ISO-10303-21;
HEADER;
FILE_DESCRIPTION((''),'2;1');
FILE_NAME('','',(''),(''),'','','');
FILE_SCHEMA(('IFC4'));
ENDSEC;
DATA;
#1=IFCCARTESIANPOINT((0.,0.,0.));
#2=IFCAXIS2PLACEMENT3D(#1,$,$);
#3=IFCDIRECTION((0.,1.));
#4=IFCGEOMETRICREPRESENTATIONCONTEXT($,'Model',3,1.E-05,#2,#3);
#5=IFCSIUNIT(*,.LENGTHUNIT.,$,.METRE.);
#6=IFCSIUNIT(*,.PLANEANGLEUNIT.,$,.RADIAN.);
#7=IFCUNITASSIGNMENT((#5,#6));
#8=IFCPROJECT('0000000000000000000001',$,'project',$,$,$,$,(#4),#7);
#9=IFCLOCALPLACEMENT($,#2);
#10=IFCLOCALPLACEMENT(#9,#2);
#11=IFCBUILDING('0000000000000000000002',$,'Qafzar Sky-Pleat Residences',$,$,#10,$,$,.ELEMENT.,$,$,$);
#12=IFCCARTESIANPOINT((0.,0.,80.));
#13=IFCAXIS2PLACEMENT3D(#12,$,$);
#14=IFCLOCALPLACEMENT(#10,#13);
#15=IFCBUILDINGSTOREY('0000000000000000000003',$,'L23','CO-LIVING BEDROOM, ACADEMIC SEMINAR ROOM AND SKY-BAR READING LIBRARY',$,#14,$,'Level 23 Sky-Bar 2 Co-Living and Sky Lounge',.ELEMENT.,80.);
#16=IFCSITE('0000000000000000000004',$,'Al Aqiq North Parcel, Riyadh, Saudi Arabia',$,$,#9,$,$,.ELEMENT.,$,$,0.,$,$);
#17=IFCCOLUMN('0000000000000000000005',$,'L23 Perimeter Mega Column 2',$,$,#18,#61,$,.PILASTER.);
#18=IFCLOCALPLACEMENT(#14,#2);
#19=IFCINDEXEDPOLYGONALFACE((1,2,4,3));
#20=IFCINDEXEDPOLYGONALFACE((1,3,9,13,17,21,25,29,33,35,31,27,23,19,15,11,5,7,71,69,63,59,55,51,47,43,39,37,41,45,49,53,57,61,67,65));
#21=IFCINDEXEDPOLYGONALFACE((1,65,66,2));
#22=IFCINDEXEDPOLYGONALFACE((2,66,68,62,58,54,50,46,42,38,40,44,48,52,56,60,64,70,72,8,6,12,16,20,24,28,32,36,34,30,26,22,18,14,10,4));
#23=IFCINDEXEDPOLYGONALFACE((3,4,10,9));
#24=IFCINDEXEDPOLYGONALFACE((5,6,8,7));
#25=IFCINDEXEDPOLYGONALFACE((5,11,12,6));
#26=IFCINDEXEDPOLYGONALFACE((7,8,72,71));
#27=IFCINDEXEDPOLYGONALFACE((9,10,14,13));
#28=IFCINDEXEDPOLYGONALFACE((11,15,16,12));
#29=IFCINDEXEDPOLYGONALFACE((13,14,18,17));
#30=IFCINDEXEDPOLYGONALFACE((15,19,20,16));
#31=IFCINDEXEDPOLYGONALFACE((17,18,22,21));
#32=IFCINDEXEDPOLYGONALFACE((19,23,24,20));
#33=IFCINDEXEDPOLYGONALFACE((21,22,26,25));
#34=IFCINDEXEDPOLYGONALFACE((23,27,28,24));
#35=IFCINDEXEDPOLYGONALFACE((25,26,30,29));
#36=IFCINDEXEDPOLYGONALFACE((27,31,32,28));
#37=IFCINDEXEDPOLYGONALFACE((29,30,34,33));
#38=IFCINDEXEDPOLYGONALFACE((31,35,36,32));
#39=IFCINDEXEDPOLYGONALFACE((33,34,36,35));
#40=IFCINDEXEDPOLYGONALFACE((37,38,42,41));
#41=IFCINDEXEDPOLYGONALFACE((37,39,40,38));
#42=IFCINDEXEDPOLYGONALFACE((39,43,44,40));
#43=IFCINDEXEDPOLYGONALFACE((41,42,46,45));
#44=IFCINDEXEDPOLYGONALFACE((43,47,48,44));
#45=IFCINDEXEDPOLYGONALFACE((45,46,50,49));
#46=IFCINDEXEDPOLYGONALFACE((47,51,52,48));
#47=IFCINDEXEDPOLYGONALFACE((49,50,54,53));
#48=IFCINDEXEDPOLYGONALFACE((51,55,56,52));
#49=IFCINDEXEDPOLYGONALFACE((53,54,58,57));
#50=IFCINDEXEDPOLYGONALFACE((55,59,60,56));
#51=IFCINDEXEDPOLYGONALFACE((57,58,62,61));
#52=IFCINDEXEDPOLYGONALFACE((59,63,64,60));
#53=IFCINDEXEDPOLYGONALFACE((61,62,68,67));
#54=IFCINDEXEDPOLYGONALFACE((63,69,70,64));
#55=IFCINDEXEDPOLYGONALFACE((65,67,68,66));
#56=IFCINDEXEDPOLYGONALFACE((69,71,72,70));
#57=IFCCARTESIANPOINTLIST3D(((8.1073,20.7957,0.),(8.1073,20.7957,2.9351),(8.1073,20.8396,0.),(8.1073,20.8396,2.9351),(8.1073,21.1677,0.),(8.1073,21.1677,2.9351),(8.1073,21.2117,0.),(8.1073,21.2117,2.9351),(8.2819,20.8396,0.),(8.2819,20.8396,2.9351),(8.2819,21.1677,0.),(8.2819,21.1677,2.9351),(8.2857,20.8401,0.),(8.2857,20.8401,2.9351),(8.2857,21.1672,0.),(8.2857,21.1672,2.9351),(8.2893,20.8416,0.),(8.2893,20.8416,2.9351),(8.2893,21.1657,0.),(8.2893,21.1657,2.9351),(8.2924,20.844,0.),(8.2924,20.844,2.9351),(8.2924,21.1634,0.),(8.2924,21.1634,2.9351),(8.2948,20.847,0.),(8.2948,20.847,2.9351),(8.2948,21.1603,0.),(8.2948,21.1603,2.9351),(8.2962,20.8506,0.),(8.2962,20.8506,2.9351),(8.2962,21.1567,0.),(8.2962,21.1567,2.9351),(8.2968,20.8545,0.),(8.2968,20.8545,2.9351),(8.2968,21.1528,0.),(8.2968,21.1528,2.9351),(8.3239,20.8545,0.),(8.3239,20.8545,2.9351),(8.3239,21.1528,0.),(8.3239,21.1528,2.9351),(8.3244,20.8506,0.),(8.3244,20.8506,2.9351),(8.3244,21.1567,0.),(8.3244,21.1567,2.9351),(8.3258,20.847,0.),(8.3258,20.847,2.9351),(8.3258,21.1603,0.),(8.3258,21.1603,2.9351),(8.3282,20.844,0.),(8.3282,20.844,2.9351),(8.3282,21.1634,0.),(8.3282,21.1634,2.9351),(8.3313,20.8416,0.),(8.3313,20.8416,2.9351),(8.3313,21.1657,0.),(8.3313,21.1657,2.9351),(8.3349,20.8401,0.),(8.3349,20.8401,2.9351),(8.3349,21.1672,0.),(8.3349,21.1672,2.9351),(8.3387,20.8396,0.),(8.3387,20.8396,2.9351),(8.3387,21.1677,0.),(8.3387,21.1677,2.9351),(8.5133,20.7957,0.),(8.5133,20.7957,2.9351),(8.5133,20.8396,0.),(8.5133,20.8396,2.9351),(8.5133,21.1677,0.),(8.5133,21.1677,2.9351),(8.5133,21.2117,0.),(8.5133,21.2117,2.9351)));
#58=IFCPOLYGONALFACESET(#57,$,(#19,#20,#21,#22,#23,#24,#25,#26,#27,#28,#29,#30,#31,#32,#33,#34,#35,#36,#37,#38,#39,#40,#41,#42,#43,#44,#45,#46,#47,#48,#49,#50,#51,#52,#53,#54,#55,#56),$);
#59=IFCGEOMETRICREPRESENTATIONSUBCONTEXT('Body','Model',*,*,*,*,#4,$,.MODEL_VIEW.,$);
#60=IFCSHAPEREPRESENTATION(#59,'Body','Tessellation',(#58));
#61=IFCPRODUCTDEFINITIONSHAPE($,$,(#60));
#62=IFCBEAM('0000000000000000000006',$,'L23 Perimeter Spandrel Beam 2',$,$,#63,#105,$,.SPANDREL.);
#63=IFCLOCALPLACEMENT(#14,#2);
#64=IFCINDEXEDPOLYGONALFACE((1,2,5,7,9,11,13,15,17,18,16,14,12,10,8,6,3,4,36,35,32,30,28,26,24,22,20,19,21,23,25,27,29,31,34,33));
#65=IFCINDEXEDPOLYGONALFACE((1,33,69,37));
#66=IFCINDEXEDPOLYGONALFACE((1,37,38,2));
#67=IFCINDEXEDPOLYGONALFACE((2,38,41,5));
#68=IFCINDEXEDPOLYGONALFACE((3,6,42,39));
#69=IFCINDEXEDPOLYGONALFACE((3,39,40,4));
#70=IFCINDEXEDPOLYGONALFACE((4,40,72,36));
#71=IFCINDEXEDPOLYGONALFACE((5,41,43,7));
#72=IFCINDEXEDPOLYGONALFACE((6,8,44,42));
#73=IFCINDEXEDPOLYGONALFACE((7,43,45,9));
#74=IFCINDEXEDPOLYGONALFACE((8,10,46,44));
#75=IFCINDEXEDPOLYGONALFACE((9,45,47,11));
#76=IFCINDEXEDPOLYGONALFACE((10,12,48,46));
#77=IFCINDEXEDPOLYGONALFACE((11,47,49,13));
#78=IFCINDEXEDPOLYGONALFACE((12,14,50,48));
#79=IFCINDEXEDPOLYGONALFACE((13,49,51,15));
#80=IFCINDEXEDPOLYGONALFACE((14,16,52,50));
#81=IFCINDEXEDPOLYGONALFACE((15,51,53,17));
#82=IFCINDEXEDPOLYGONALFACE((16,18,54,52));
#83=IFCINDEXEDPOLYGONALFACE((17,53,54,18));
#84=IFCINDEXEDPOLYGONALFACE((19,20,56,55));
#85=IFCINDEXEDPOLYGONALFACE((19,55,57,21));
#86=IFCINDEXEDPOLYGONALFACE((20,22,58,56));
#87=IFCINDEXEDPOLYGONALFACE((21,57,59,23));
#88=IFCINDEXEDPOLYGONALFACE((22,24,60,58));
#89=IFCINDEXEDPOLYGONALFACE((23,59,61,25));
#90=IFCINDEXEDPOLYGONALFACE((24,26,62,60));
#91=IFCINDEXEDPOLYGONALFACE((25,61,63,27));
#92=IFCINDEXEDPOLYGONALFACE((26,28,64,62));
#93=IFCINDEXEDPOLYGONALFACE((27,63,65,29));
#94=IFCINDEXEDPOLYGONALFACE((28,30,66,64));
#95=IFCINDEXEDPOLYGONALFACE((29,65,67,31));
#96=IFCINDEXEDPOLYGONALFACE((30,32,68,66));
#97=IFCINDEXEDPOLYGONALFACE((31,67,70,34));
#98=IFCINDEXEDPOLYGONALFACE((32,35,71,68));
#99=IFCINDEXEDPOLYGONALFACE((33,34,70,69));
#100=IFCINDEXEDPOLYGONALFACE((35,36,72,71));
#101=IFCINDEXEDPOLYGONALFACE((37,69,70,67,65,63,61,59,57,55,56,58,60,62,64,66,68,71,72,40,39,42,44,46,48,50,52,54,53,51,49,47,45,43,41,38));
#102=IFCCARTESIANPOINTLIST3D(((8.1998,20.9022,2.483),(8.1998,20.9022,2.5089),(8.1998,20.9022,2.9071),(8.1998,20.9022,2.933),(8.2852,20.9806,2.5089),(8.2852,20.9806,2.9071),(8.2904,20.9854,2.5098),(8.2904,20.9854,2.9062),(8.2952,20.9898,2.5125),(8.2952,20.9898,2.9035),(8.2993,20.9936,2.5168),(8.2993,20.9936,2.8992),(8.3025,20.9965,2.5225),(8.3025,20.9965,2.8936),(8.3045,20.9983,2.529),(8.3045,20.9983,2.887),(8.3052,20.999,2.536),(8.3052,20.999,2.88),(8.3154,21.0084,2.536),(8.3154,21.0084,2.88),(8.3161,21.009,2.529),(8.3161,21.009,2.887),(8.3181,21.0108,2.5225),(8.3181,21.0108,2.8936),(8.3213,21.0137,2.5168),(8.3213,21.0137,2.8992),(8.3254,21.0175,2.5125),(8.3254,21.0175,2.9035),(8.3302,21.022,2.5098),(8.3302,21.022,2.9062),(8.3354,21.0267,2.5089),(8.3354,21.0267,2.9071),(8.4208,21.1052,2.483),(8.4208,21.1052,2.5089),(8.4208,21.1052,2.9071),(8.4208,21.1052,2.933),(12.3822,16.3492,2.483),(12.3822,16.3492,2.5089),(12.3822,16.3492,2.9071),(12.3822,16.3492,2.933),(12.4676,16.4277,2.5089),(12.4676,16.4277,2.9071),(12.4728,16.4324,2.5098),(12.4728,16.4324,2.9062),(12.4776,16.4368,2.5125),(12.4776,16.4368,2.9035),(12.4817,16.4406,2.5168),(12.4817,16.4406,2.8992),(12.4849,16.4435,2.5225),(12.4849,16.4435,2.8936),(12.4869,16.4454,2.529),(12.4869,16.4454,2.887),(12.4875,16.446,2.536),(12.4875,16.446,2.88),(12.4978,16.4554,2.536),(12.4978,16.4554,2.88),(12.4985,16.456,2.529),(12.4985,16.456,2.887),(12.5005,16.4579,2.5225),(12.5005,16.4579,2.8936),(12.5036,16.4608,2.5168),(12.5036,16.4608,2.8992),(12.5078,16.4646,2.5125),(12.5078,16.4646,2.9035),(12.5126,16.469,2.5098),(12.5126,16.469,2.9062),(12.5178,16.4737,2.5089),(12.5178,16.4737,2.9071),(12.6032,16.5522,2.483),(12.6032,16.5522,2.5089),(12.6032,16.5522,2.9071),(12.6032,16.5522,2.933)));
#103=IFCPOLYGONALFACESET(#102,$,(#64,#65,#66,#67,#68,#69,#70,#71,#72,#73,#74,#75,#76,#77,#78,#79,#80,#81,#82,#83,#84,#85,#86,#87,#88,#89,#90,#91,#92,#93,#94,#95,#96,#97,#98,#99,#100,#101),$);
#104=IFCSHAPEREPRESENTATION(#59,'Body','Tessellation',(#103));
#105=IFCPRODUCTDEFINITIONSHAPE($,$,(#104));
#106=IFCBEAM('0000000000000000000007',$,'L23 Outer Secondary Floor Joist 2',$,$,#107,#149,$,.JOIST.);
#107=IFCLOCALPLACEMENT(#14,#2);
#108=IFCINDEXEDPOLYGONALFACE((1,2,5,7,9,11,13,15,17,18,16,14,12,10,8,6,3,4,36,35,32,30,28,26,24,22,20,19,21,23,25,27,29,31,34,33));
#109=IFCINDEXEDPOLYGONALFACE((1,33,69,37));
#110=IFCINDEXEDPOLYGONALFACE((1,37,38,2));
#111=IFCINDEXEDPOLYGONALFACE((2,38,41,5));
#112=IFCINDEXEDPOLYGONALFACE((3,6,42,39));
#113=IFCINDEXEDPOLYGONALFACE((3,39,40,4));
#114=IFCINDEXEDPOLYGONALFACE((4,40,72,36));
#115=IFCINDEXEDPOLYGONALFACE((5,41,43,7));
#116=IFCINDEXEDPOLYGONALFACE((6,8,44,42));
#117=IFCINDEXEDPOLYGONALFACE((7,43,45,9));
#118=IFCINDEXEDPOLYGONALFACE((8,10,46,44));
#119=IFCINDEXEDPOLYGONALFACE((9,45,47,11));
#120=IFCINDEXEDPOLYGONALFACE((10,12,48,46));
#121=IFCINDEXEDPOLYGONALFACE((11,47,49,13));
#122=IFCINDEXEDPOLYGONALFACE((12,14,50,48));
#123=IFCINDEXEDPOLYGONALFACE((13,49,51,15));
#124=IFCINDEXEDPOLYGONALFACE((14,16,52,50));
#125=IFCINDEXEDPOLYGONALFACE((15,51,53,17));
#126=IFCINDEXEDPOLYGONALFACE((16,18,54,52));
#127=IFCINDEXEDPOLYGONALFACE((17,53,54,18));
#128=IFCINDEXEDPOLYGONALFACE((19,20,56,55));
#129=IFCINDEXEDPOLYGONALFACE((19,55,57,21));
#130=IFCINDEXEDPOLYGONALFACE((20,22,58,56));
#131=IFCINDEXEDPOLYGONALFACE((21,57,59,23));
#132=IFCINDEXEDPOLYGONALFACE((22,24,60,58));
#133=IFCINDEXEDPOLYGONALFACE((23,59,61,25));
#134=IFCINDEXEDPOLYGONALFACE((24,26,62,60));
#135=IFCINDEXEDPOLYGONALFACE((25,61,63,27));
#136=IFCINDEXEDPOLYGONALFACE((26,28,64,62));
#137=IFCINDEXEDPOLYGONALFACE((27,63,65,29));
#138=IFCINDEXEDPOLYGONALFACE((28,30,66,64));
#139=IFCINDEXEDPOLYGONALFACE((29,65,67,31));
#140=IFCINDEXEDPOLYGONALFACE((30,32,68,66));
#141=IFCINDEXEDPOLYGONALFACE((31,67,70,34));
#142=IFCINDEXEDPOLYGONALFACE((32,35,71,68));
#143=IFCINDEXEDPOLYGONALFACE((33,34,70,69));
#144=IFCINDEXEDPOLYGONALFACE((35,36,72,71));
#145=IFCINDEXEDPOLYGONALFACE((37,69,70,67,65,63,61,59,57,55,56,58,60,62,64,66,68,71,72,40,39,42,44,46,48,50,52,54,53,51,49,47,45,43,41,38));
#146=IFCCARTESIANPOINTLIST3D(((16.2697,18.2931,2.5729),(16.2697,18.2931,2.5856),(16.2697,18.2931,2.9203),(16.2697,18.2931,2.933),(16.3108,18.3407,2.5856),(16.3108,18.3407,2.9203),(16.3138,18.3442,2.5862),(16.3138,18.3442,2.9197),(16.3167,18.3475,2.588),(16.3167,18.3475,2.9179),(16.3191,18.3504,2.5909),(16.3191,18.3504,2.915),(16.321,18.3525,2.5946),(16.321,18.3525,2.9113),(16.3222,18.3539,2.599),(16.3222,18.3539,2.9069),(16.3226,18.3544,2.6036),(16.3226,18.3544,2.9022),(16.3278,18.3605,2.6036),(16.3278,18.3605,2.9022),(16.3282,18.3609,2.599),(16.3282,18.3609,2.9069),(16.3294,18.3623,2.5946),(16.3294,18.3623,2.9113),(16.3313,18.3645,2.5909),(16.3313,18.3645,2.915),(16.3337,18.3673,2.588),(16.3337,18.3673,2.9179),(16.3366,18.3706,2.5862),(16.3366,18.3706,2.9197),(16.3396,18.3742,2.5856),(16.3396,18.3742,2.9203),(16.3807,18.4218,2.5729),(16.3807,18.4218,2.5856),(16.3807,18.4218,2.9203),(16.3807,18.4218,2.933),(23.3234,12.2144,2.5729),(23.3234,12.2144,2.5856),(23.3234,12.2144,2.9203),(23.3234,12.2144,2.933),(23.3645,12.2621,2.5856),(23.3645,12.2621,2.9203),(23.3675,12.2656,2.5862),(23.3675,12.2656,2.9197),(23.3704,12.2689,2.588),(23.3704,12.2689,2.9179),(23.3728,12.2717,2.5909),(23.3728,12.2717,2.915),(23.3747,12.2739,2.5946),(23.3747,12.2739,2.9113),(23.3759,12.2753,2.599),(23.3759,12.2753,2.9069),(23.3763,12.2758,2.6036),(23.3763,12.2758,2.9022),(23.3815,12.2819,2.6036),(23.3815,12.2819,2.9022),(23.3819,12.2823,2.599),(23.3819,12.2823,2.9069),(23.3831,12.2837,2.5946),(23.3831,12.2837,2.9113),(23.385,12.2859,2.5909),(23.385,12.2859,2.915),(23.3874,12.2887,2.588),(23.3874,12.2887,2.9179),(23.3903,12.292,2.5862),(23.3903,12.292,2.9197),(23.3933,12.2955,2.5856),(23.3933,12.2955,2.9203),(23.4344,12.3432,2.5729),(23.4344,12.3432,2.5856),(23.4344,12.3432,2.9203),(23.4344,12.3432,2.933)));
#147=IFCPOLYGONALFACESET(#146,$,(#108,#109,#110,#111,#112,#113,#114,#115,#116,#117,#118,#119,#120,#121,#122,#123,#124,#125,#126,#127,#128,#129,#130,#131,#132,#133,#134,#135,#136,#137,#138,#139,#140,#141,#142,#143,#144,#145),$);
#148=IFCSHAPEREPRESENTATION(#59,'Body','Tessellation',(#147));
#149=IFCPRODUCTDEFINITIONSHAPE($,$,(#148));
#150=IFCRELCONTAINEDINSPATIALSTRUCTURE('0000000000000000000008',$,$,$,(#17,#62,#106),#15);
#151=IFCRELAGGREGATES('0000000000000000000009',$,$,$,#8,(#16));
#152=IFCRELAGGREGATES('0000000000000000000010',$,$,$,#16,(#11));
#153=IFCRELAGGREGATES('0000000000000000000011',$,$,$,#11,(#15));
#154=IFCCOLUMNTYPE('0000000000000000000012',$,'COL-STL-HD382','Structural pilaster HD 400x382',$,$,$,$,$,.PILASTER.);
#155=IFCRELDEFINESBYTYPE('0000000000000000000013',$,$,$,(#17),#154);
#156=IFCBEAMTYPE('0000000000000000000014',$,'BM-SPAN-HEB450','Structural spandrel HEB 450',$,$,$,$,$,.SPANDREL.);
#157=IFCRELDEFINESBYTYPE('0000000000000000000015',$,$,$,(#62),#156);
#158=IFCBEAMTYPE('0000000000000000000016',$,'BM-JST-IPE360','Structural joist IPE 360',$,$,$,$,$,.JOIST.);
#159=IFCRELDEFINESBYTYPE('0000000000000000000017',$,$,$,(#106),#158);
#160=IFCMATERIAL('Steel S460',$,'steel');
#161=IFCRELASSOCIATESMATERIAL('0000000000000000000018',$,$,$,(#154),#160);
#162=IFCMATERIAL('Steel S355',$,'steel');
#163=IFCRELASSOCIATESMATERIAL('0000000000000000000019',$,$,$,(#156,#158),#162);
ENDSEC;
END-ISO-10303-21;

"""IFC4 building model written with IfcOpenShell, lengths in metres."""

from ifc_helpers import new_model, si_unit, direction, frame, origin, origin_2d, place, context, subcontext, project, spatial, i_section, extrude, source, transform, mapped, material, material_profile, profile_set, type_object, element, save


model = new_model("IFC4")

# Units and contexts
model_context = context("Model", 3, precision=1e-05, world=origin(), true_north=direction((0.0, 1.0)))
body_context = subcontext(model_context, "Body", "Model", "MODEL_VIEW")
ifc_project = project(units=[si_unit("LENGTHUNIT", "METRE"), si_unit("PLANEANGLEUNIT", "RADIAN")], contexts=[model_context])

# Site, building, storey
site_placement = place(None, origin())
site = spatial("IfcSite", under=ifc_project, at=site_placement, Name="Al Aqiq North Parcel, Riyadh, Saudi Arabia", CompositionType="ELEMENT", RefElevation=0.0)
building_placement = place(site_placement, origin())
building = spatial("IfcBuilding", under=site, at=building_placement, Name="Qafzar Sky-Pleat Residences", CompositionType="ELEMENT")
storey_placement = place(building_placement, frame((0.0, 0.0, 80.0)))
storey = spatial("IfcBuildingStorey", under=building, at=storey_placement, Name="L23", Description="CO-LIVING BEDROOM, ACADEMIC SEMINAR ROOM AND SKY-BAR READING LIBRARY", LongName="Level 23 Sky-Bar 2 Co-Living and Sky Lounge", CompositionType="ELEMENT", Elevation=80.0)

# Column
ifc_material_1 = material(Name="Steel S460", Category="steel")
ifc_material_profile_1 = material_profile(ifc_material_1, i_section(OverallWidth=0.406, OverallDepth=0.416, WebThickness=0.0271, FlangeThickness=0.0439, FilletRadius=0.0149, at=origin_2d()), Name="HD 400x382")
ifc_profile_set_1 = profile_set([ifc_material_profile_1], Name="Steel S460")
column_type = type_object("IfcColumnType", Name="COL-STL-HD382", Description="Structural pilaster HD 400x382", PredefinedType="PILASTER", material=ifc_profile_set_1)
shared_shape_1 = source(origin(), body_context, "Body", "SweptSolid", [
    extrude(i_section(OverallWidth=0.406, OverallDepth=0.416, WebThickness=0.0271, FlangeThickness=0.0439, FilletRadius=0.0149, at=origin_2d()), origin(), (0.0, 0.0, 1.0), 2.9351),
])
column_placement = place(storey_placement, frame((8.3103, 21.0037, 0.0), z_axis=(0.0, 0.0, 1.0), x_axis=(1.0, 0.0, 0.0)))
element("IfcColumn", 1, at=column_placement, inside=storey, type_object=column_type, Name="L23 Perimeter Mega Column 2", PredefinedType="PILASTER", context=body_context, shape_type="MappedRepresentation", body=[
    mapped(shared_shape_1, transform((0.0, 0.0, 0.0), x_axis=(1.0, 0.0, 0.0), y_axis=(0.0, 1.0, 0.0), z_axis=(0.0, 0.0, 1.0), scale=1.0)),
])

# Beams
ifc_material_2 = material(Name="Steel S355", Category="steel")
ifc_material_profile_2 = material_profile(ifc_material_2, i_section(OverallWidth=0.3, OverallDepth=0.45, WebThickness=0.0139, FlangeThickness=0.0259, FilletRadius=0.0271, at=origin_2d()), Name="HEB 450")
ifc_profile_set_2 = profile_set([ifc_material_profile_2], Name="Steel S355")
beam_type_1 = type_object("IfcBeamType", Name="BM-SPAN-HEB450", Description="Structural spandrel HEB 450", PredefinedType="SPANDREL", material=ifc_profile_set_2)
shared_shape_2 = source(origin(), body_context, "Body", "SweptSolid", [
    extrude(i_section(OverallWidth=0.3, OverallDepth=0.45, WebThickness=0.0139, FlangeThickness=0.0259, FilletRadius=0.0271, at=origin_2d()), origin(), (0.0, 0.0, 1.0), 6.1824),
])
beam_1_placement = place(storey_placement, frame((8.3103, 21.0037, 2.708), z_axis=(0.676499, -0.736444, 0.0), x_axis=(0.736444, 0.676499, 0.0)))
element("IfcBeam", 2, at=beam_1_placement, inside=storey, type_object=beam_type_1, Name="L23 Perimeter Spandrel Beam 2", PredefinedType="SPANDREL", context=body_context, shape_type="MappedRepresentation", body=[
    mapped(shared_shape_2, transform((0.0, 0.0, 0.0), x_axis=(1.0, 0.0, 0.0), y_axis=(0.0, 1.0, 0.0), z_axis=(0.0, 0.0, 1.0), scale=1.0)),
])
ifc_material_profile_3 = material_profile(ifc_material_2, i_section(OverallWidth=0.1699, OverallDepth=0.3601, WebThickness=0.0081, FlangeThickness=0.0127, FilletRadius=0.0181, at=origin_2d()), Name="IPE 360")
ifc_profile_set_3 = profile_set([ifc_material_profile_3], Name="Steel S355")
beam_type_2 = type_object("IfcBeamType", Name="BM-JST-IPE360", Description="Structural joist IPE 360", PredefinedType="JOIST", material=ifc_profile_set_3)
shared_shape_3 = source(origin(), body_context, "Body", "SweptSolid", [
    extrude(i_section(OverallWidth=0.1699, OverallDepth=0.3601, WebThickness=0.0081, FlangeThickness=0.0127, FilletRadius=0.0181, at=origin_2d()), origin(), (0.0, 0.0, 1.0), 9.3115),
])
beam_2_placement = place(storey_placement, frame((16.3252, 18.3574, 2.7529), z_axis=(0.757525, -0.652806, 0.0), x_axis=(0.652806, 0.757525, 0.0)))
element("IfcBeam", 3, at=beam_2_placement, inside=storey, type_object=beam_type_2, Name="L23 Outer Secondary Floor Joist 2", PredefinedType="JOIST", context=body_context, shape_type="MappedRepresentation", body=[
    mapped(shared_shape_3, transform((0.0, 0.0, 0.0), x_axis=(1.0, 0.0, 0.0), y_axis=(0.0, 1.0, 0.0), z_axis=(0.0, 0.0, 1.0), scale=1.0)),
])

save(model, "model.ifc")
